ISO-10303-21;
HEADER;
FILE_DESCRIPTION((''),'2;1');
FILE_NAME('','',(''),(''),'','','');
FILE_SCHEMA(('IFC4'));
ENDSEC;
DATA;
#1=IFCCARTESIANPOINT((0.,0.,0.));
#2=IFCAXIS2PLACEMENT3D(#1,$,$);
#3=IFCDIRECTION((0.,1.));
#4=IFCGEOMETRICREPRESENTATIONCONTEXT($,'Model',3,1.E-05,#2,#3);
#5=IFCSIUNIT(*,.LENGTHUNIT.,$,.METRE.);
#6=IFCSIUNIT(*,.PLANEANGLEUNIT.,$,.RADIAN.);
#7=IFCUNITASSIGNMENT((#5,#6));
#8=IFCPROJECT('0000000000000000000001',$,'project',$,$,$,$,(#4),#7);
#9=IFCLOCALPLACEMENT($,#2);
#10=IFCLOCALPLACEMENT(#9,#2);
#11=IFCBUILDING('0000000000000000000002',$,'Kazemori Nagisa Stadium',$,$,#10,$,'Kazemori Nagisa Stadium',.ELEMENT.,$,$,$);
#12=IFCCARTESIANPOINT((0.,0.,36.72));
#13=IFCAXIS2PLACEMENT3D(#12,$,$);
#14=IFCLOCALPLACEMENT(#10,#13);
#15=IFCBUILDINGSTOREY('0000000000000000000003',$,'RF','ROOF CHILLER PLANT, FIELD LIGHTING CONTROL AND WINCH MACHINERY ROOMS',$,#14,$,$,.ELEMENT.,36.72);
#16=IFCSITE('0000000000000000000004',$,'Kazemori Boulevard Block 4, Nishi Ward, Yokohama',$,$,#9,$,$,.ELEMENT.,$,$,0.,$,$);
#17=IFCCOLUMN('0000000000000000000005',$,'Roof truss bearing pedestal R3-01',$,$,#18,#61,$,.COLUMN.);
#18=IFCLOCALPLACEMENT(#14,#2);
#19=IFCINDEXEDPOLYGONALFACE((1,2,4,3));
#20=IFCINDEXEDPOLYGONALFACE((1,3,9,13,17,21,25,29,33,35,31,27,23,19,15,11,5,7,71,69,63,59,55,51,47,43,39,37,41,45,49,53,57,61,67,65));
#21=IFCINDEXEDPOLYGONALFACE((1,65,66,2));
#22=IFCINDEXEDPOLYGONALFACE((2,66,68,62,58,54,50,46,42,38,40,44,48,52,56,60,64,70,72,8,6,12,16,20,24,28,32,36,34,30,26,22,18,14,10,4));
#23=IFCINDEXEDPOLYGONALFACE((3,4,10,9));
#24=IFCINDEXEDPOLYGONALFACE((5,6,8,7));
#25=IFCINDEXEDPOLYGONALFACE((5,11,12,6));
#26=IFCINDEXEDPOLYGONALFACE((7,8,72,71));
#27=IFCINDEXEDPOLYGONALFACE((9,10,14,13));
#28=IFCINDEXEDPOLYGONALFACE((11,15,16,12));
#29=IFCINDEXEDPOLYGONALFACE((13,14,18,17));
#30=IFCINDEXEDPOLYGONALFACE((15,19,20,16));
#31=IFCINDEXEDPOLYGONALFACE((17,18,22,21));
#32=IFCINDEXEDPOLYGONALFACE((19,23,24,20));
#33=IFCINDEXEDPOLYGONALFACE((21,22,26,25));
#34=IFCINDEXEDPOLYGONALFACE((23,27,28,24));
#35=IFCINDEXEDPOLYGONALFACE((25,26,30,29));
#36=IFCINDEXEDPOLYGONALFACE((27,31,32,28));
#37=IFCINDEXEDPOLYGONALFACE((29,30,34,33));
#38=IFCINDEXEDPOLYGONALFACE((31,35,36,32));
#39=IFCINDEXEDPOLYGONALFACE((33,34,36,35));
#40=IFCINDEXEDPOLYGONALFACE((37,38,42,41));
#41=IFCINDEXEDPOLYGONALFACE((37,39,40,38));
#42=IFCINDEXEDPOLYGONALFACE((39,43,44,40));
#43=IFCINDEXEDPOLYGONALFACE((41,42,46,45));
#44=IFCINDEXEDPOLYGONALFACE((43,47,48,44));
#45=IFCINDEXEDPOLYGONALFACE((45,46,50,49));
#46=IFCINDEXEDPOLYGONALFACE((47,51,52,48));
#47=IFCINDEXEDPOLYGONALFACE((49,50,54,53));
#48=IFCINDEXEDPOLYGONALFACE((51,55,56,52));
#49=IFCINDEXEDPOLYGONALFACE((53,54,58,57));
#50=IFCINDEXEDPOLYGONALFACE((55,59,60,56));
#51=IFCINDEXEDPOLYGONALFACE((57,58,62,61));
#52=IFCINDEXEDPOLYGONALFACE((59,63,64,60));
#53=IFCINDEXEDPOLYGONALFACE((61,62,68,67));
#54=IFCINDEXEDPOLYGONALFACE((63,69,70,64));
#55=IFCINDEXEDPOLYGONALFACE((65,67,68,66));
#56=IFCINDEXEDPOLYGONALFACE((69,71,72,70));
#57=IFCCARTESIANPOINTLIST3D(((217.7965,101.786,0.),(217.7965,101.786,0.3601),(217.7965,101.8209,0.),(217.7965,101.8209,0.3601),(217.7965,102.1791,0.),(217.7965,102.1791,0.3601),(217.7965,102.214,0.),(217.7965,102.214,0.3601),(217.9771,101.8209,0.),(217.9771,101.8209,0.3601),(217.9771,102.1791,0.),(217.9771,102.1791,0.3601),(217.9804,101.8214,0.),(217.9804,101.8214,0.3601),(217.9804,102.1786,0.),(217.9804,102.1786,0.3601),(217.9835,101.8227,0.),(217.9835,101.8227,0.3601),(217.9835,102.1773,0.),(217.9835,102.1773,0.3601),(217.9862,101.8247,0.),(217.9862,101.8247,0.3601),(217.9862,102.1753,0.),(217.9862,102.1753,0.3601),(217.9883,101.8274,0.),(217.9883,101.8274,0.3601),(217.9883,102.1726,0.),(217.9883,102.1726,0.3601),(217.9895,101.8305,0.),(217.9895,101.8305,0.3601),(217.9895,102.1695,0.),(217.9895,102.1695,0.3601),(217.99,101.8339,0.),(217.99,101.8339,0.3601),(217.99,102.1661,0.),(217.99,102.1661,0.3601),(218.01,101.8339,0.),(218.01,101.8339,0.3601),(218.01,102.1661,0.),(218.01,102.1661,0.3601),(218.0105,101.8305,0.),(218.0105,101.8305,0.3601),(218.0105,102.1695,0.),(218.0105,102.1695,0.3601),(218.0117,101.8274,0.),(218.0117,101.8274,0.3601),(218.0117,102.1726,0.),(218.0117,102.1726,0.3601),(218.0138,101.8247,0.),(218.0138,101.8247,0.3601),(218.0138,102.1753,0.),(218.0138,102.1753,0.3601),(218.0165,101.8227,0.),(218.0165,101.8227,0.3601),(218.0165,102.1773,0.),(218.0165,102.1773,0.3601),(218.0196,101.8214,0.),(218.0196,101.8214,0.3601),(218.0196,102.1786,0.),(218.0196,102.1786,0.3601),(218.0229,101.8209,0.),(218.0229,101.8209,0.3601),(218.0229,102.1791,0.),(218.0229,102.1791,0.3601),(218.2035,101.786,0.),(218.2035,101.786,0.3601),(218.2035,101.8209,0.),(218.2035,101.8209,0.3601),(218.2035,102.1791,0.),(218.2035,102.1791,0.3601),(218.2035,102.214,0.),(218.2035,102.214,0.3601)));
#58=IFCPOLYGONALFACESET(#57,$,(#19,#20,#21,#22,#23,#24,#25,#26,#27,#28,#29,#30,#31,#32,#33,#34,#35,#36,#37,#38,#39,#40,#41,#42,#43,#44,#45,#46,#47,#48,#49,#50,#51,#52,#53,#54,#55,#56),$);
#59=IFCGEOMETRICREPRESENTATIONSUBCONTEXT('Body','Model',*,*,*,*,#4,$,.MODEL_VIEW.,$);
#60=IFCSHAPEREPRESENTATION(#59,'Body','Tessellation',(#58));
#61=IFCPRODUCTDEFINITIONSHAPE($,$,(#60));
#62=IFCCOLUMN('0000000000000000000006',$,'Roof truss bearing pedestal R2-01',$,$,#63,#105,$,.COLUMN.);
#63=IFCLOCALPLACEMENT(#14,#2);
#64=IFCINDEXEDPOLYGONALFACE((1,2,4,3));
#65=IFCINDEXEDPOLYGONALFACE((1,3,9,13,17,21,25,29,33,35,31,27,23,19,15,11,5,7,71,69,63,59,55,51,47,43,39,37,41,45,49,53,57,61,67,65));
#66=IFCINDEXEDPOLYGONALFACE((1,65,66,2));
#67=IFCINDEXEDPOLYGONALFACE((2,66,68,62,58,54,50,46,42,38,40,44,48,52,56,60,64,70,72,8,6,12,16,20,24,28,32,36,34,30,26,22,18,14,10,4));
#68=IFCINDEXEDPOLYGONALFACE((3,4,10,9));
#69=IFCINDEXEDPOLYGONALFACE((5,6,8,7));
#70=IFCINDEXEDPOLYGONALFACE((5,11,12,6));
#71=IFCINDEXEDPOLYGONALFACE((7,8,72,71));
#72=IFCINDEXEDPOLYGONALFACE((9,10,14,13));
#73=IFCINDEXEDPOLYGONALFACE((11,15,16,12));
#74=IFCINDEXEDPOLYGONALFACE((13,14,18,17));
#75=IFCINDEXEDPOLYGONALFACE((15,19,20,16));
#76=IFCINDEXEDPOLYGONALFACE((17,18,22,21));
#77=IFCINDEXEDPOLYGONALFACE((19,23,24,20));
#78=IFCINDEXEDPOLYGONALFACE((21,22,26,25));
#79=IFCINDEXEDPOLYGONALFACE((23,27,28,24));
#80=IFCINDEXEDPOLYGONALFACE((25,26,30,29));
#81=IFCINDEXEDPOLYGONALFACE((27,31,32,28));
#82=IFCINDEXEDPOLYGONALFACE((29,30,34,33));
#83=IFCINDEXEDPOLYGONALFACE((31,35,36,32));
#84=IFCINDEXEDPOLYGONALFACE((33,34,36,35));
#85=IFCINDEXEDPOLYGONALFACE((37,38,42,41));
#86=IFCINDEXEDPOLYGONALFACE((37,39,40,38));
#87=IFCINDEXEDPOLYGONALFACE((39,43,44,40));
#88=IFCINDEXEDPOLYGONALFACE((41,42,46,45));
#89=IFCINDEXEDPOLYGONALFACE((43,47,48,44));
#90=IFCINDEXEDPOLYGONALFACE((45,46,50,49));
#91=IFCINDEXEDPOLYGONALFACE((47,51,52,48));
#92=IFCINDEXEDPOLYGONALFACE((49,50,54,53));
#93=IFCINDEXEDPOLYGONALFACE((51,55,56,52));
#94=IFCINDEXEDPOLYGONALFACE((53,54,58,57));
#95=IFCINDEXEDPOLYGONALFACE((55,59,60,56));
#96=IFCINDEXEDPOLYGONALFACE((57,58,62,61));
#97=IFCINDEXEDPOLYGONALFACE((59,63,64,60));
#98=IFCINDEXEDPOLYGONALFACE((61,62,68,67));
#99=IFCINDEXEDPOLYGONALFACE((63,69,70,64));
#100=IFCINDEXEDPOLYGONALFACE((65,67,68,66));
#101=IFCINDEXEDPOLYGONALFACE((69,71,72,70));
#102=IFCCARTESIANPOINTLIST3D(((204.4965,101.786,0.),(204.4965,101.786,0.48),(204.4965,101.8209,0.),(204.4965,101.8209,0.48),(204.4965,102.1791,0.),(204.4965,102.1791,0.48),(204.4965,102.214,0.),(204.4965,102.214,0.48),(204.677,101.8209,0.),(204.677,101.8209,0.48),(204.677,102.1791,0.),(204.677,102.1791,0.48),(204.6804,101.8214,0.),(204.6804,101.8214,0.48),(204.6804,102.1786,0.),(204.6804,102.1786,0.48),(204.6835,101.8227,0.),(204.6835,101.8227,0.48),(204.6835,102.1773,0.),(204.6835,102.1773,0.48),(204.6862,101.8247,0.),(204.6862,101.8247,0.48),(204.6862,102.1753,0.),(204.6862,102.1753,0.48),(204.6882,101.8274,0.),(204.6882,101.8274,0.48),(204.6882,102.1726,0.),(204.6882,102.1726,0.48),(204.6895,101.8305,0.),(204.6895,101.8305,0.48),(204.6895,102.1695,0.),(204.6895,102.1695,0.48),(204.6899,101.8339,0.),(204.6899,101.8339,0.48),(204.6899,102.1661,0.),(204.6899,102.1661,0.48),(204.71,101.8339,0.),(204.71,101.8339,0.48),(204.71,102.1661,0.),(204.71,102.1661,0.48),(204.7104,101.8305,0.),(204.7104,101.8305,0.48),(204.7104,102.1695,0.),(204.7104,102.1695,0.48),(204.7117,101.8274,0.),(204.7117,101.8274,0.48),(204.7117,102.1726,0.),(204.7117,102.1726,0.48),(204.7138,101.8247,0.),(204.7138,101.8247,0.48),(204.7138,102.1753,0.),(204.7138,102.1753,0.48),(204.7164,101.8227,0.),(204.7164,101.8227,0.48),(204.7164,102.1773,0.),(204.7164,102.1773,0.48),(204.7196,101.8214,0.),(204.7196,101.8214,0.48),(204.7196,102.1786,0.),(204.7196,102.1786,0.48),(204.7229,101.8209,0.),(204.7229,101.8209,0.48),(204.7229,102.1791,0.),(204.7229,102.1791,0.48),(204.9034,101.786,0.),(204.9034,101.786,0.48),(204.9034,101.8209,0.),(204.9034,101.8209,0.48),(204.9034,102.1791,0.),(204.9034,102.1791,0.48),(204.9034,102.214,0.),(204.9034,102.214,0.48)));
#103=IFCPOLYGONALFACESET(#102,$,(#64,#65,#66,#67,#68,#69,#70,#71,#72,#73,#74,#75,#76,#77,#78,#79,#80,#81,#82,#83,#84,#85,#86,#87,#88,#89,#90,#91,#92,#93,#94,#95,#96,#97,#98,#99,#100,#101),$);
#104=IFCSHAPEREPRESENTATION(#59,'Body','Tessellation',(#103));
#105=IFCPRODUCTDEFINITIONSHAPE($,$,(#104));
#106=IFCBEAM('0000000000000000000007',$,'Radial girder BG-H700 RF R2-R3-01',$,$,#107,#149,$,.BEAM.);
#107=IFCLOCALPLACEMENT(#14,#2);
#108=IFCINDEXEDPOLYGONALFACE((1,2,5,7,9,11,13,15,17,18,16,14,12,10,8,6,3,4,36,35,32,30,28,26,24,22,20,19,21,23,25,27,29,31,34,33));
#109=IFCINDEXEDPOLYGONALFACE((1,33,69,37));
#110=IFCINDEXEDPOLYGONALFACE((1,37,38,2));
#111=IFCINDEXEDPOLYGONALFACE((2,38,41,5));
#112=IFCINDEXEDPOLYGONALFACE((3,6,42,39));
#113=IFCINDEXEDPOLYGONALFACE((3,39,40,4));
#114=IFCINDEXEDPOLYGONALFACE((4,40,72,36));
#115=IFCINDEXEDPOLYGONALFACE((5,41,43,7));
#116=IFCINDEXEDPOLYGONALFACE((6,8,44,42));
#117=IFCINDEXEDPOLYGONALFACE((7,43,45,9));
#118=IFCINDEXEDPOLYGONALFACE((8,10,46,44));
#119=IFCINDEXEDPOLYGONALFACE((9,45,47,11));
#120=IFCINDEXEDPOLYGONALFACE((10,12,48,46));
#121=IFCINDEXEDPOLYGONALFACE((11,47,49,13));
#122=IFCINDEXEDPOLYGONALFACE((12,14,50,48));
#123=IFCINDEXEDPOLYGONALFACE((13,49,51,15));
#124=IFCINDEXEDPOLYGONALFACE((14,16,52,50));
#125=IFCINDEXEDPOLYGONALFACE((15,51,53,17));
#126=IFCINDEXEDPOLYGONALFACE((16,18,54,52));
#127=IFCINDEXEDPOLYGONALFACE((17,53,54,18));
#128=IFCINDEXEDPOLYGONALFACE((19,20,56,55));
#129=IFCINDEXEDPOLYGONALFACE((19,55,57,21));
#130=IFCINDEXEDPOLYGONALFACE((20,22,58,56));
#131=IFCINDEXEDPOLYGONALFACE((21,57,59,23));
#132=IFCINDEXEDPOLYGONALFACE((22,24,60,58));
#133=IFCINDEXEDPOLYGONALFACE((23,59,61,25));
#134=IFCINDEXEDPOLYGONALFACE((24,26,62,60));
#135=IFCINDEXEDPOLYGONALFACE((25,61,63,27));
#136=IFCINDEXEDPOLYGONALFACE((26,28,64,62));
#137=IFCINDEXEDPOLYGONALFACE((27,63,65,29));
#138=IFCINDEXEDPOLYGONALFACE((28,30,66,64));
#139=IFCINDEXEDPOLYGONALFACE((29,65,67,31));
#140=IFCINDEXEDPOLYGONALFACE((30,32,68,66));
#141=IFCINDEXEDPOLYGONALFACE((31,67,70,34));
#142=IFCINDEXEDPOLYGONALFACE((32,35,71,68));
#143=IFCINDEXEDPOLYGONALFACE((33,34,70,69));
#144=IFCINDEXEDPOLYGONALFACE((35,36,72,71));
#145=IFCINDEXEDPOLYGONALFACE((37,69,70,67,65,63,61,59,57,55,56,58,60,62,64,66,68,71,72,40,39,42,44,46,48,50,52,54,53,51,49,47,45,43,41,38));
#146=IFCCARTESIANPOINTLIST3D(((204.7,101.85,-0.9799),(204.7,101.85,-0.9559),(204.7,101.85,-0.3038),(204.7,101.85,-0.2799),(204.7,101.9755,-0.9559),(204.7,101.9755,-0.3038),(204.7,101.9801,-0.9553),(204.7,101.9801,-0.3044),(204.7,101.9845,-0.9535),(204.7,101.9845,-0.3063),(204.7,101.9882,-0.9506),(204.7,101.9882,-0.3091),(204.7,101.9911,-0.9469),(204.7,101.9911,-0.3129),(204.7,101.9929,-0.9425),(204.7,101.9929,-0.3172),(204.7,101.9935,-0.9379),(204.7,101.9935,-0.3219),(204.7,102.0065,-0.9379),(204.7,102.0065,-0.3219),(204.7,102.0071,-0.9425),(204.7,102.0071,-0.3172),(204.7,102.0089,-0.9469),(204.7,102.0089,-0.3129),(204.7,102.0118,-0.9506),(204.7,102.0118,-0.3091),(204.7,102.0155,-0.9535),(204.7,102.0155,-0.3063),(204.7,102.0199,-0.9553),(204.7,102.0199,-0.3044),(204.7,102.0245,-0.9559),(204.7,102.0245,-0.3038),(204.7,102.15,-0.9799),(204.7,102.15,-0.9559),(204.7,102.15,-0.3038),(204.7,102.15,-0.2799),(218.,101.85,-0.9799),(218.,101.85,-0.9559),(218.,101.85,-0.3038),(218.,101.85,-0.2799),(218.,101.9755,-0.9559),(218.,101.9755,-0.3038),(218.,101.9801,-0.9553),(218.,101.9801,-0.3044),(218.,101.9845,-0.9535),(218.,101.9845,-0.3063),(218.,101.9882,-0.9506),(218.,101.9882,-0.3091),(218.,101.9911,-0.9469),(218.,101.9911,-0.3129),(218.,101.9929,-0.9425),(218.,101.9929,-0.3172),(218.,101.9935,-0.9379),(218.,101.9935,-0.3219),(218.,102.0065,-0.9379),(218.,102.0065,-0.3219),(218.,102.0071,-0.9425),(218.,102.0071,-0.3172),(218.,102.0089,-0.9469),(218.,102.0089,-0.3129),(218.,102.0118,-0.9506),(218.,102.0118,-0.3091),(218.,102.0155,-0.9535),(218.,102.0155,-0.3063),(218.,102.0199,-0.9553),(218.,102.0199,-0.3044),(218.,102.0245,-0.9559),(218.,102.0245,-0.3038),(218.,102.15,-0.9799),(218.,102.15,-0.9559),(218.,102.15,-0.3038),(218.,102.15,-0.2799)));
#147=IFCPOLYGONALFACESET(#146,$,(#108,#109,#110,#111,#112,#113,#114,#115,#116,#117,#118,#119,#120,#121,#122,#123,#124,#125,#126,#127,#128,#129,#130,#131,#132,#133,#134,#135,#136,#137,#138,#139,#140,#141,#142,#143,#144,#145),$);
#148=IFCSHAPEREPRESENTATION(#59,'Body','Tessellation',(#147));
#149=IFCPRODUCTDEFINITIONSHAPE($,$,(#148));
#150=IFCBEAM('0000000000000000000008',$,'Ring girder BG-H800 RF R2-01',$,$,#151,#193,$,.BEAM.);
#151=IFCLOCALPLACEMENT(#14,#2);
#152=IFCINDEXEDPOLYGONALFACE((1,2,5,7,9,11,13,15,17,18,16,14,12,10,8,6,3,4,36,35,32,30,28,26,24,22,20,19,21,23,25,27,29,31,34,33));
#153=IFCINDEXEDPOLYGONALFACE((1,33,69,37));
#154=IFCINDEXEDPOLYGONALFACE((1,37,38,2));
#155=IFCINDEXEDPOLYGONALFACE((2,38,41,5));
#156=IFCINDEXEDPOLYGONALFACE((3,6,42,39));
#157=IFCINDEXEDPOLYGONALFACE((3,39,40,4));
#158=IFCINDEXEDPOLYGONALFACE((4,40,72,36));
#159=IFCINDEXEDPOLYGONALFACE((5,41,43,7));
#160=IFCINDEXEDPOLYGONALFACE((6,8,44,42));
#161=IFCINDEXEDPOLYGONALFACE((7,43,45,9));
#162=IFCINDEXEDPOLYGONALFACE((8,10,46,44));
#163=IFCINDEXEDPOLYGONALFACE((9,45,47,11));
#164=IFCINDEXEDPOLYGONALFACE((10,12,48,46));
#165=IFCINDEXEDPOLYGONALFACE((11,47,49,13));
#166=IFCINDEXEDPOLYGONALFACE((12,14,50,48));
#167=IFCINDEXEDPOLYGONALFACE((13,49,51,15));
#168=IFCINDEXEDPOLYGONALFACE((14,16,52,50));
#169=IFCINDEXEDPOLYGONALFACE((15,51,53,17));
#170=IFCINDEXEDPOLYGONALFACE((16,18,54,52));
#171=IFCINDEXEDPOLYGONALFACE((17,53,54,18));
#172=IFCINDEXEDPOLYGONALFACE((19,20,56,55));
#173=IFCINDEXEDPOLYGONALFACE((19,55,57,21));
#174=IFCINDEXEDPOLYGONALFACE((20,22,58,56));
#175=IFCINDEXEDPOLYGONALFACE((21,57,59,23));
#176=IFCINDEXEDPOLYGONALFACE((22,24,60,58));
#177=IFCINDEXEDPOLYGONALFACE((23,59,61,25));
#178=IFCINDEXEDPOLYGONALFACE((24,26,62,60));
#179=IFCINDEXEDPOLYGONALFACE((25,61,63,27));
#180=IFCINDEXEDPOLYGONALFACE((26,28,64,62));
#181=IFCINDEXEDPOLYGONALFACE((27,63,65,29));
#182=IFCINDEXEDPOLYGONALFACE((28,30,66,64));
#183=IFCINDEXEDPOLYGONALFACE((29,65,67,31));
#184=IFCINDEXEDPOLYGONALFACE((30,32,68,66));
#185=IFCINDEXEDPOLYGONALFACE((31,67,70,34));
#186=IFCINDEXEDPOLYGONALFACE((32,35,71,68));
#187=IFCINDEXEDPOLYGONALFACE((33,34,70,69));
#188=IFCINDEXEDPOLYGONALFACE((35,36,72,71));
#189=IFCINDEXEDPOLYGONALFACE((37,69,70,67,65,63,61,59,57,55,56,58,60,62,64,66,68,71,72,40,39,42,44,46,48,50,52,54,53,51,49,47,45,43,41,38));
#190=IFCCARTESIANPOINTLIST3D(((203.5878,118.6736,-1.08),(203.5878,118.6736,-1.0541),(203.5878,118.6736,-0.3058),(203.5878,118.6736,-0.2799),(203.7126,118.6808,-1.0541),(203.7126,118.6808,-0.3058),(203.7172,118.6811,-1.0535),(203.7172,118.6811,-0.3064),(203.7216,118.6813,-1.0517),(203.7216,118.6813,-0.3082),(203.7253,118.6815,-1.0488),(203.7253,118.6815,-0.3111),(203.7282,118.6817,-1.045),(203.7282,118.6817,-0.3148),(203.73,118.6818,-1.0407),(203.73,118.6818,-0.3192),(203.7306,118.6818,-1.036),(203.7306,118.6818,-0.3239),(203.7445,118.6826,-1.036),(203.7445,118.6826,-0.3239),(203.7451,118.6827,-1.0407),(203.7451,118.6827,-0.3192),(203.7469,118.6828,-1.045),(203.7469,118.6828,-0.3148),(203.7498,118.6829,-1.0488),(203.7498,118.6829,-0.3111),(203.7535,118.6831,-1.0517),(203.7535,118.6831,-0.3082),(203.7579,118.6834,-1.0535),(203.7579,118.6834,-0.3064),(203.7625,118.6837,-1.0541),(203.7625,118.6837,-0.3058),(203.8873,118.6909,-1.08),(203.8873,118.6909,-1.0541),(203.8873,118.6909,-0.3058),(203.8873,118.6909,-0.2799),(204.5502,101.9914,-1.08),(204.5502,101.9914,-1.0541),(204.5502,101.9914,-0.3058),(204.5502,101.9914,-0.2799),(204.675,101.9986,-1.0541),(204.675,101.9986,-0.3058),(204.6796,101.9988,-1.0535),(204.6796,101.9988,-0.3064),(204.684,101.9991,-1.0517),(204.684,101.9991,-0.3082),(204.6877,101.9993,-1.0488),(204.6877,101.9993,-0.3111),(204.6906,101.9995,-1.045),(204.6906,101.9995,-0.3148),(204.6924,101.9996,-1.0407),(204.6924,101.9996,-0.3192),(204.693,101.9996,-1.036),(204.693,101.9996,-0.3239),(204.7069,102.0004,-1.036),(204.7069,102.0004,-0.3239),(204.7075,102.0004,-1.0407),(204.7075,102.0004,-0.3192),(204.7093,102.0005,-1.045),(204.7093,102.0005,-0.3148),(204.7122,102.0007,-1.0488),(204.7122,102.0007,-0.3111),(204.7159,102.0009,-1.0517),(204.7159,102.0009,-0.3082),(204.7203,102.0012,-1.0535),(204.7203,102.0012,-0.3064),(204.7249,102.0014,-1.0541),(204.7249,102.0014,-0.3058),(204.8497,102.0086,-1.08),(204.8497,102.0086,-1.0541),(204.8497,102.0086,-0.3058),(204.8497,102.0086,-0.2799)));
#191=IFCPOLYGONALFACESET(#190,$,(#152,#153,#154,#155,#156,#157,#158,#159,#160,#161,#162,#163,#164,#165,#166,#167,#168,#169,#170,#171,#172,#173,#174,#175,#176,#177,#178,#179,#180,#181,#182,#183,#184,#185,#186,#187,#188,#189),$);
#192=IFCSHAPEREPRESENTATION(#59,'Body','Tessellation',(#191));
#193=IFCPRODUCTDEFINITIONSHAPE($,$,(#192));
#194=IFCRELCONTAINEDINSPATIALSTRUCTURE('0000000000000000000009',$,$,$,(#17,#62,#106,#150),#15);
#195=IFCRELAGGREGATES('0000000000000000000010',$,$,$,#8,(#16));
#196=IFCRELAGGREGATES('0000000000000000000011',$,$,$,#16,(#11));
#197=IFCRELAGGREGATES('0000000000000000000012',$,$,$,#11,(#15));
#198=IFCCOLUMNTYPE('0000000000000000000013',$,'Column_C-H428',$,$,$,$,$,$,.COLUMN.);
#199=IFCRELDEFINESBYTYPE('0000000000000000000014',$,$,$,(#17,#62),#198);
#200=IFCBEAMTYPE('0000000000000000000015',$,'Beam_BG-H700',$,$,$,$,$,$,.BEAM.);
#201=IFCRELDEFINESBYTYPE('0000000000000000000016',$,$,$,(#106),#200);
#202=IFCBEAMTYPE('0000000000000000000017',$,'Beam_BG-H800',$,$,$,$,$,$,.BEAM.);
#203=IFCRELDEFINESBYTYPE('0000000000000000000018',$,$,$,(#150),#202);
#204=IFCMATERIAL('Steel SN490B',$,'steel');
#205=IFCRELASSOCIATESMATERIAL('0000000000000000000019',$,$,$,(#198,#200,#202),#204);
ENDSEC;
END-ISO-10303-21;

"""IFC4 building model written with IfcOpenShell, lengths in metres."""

from ifc_helpers import new_model, si_unit, direction, frame, origin, origin_2d, place, context, subcontext, project, spatial, i_section, extrude, material, material_profile, profile_set, type_object, element, save


model = new_model("IFC4")

# Units and contexts
model_context = context("Model", 3, precision=1e-05, world=origin(), true_north=direction((0.0, 1.0)))
body_context = subcontext(model_context, "Body", "Model", "MODEL_VIEW")
ifc_project = project(units=[si_unit("LENGTHUNIT", "METRE"), si_unit("PLANEANGLEUNIT", "RADIAN")], contexts=[model_context])

# Site, building, storey
site_placement = place(None, origin())
site = spatial("IfcSite", under=ifc_project, at=site_placement, Name="Kazemori Boulevard Block 4, Nishi Ward, Yokohama", CompositionType="ELEMENT", RefElevation=0.0)
building_placement = place(site_placement, origin())
building = spatial("IfcBuilding", under=site, at=building_placement, Name="Kazemori Nagisa Stadium", LongName="Kazemori Nagisa Stadium", CompositionType="ELEMENT")
storey_placement = place(building_placement, frame((0.0, 0.0, 36.72)))
storey = spatial("IfcBuildingStorey", under=building, at=storey_placement, Name="RF", Description="ROOF CHILLER PLANT, FIELD LIGHTING CONTROL AND WINCH MACHINERY ROOMS", CompositionType="ELEMENT", Elevation=36.72)

# Columns
ifc_material_1 = material(Name="Steel SN490B", Category="steel")
ifc_material_profile_1 = material_profile(ifc_material_1, i_section(OverallWidth=0.407, OverallDepth=0.428, WebThickness=0.02, FlangeThickness=0.0349, FilletRadius=0.0129, at=origin_2d()), Name="H-428x407x20x35")
ifc_profile_set_1 = profile_set([ifc_material_profile_1], Name="Steel SN490B")
column_type = type_object("IfcColumnType", Name="Column_C-H428", PredefinedType="COLUMN", material=ifc_profile_set_1)
column_1_placement = place(storey_placement, frame((218.0, 102.0, 0.0), z_axis=(0.0, 0.0, 1.0), x_axis=(1.0, 0.0, 0.0)))
element("IfcColumn", 1, at=column_1_placement, inside=storey, type_object=column_type, Name="Roof truss bearing pedestal R3-01", PredefinedType="COLUMN", context=body_context, shape_type="SweptSolid", body=[
    extrude(i_section(OverallWidth=0.407, OverallDepth=0.428, WebThickness=0.02, FlangeThickness=0.0349, FilletRadius=0.0129, at=origin_2d()), origin(), (0.0, 0.0, 1.0), 0.3601),
])
column_2_placement = place(storey_placement, frame((204.7, 102.0, 0.0), z_axis=(0.0, 0.0, 1.0), x_axis=(1.0, 0.0, 0.0)))
element("IfcColumn", 2, at=column_2_placement, inside=storey, type_object=column_type, Name="Roof truss bearing pedestal R2-01", PredefinedType="COLUMN", context=body_context, shape_type="SweptSolid", body=[
    extrude(i_section(OverallWidth=0.407, OverallDepth=0.428, WebThickness=0.02, FlangeThickness=0.0349, FilletRadius=0.0129, at=origin_2d()), origin(), (0.0, 0.0, 1.0), 0.48),
])

# Beams
ifc_material_profile_2 = material_profile(ifc_material_1, i_section(OverallWidth=0.3, OverallDepth=0.7, WebThickness=0.0129, FlangeThickness=0.0239, FilletRadius=0.0181, at=origin_2d()), Name="H-700x300x13x24")
ifc_profile_set_2 = profile_set([ifc_material_profile_2], Name="Steel SN490B")
beam_type_1 = type_object("IfcBeamType", Name="Beam_BG-H700", PredefinedType="BEAM", material=ifc_profile_set_2)
beam_1_placement = place(storey_placement, frame((204.7, 102.0, -0.6299), z_axis=(1.0, 0.0, 0.0), x_axis=(0.0, 1.0, 0.0)))
element("IfcBeam", 3, at=beam_1_placement, inside=storey, type_object=beam_type_1, Name="Radial girder BG-H700 RF R2-R3-01", PredefinedType="BEAM", context=body_context, shape_type="SweptSolid", body=[
    extrude(i_section(OverallWidth=0.3, OverallDepth=0.7, WebThickness=0.0129, FlangeThickness=0.0239, FilletRadius=0.0181, at=origin_2d()), origin(), (0.0, 0.0, 1.0), 13.3),
])
ifc_material_profile_3 = material_profile(ifc_material_1, i_section(OverallWidth=0.3, OverallDepth=0.8, WebThickness=0.0139, FlangeThickness=0.0259, FilletRadius=0.0181, at=origin_2d()), Name="H-800x300x14x26")
ifc_profile_set_3 = profile_set([ifc_material_profile_3], Name="Steel SN490B")
beam_type_2 = type_object("IfcBeamType", Name="Beam_BG-H800", PredefinedType="BEAM", material=ifc_profile_set_3)
beam_2_placement = place(storey_placement, frame((204.7, 102.0, -0.6799), z_axis=(-0.057595, 0.99834, 0.0), x_axis=(-0.99834, -0.057595, 0.0)))
element("IfcBeam", 4, at=beam_2_placement, inside=storey, type_object=beam_type_2, Name="Ring girder BG-H800 RF R2-01", PredefinedType="BEAM", context=body_context, shape_type="SweptSolid", body=[
    extrude(i_section(OverallWidth=0.3, OverallDepth=0.8, WebThickness=0.0139, FlangeThickness=0.0259, FilletRadius=0.0181, at=origin_2d()), origin(), (0.0, 0.0, 1.0), 16.71),
])

save(model, "model.ifc")
